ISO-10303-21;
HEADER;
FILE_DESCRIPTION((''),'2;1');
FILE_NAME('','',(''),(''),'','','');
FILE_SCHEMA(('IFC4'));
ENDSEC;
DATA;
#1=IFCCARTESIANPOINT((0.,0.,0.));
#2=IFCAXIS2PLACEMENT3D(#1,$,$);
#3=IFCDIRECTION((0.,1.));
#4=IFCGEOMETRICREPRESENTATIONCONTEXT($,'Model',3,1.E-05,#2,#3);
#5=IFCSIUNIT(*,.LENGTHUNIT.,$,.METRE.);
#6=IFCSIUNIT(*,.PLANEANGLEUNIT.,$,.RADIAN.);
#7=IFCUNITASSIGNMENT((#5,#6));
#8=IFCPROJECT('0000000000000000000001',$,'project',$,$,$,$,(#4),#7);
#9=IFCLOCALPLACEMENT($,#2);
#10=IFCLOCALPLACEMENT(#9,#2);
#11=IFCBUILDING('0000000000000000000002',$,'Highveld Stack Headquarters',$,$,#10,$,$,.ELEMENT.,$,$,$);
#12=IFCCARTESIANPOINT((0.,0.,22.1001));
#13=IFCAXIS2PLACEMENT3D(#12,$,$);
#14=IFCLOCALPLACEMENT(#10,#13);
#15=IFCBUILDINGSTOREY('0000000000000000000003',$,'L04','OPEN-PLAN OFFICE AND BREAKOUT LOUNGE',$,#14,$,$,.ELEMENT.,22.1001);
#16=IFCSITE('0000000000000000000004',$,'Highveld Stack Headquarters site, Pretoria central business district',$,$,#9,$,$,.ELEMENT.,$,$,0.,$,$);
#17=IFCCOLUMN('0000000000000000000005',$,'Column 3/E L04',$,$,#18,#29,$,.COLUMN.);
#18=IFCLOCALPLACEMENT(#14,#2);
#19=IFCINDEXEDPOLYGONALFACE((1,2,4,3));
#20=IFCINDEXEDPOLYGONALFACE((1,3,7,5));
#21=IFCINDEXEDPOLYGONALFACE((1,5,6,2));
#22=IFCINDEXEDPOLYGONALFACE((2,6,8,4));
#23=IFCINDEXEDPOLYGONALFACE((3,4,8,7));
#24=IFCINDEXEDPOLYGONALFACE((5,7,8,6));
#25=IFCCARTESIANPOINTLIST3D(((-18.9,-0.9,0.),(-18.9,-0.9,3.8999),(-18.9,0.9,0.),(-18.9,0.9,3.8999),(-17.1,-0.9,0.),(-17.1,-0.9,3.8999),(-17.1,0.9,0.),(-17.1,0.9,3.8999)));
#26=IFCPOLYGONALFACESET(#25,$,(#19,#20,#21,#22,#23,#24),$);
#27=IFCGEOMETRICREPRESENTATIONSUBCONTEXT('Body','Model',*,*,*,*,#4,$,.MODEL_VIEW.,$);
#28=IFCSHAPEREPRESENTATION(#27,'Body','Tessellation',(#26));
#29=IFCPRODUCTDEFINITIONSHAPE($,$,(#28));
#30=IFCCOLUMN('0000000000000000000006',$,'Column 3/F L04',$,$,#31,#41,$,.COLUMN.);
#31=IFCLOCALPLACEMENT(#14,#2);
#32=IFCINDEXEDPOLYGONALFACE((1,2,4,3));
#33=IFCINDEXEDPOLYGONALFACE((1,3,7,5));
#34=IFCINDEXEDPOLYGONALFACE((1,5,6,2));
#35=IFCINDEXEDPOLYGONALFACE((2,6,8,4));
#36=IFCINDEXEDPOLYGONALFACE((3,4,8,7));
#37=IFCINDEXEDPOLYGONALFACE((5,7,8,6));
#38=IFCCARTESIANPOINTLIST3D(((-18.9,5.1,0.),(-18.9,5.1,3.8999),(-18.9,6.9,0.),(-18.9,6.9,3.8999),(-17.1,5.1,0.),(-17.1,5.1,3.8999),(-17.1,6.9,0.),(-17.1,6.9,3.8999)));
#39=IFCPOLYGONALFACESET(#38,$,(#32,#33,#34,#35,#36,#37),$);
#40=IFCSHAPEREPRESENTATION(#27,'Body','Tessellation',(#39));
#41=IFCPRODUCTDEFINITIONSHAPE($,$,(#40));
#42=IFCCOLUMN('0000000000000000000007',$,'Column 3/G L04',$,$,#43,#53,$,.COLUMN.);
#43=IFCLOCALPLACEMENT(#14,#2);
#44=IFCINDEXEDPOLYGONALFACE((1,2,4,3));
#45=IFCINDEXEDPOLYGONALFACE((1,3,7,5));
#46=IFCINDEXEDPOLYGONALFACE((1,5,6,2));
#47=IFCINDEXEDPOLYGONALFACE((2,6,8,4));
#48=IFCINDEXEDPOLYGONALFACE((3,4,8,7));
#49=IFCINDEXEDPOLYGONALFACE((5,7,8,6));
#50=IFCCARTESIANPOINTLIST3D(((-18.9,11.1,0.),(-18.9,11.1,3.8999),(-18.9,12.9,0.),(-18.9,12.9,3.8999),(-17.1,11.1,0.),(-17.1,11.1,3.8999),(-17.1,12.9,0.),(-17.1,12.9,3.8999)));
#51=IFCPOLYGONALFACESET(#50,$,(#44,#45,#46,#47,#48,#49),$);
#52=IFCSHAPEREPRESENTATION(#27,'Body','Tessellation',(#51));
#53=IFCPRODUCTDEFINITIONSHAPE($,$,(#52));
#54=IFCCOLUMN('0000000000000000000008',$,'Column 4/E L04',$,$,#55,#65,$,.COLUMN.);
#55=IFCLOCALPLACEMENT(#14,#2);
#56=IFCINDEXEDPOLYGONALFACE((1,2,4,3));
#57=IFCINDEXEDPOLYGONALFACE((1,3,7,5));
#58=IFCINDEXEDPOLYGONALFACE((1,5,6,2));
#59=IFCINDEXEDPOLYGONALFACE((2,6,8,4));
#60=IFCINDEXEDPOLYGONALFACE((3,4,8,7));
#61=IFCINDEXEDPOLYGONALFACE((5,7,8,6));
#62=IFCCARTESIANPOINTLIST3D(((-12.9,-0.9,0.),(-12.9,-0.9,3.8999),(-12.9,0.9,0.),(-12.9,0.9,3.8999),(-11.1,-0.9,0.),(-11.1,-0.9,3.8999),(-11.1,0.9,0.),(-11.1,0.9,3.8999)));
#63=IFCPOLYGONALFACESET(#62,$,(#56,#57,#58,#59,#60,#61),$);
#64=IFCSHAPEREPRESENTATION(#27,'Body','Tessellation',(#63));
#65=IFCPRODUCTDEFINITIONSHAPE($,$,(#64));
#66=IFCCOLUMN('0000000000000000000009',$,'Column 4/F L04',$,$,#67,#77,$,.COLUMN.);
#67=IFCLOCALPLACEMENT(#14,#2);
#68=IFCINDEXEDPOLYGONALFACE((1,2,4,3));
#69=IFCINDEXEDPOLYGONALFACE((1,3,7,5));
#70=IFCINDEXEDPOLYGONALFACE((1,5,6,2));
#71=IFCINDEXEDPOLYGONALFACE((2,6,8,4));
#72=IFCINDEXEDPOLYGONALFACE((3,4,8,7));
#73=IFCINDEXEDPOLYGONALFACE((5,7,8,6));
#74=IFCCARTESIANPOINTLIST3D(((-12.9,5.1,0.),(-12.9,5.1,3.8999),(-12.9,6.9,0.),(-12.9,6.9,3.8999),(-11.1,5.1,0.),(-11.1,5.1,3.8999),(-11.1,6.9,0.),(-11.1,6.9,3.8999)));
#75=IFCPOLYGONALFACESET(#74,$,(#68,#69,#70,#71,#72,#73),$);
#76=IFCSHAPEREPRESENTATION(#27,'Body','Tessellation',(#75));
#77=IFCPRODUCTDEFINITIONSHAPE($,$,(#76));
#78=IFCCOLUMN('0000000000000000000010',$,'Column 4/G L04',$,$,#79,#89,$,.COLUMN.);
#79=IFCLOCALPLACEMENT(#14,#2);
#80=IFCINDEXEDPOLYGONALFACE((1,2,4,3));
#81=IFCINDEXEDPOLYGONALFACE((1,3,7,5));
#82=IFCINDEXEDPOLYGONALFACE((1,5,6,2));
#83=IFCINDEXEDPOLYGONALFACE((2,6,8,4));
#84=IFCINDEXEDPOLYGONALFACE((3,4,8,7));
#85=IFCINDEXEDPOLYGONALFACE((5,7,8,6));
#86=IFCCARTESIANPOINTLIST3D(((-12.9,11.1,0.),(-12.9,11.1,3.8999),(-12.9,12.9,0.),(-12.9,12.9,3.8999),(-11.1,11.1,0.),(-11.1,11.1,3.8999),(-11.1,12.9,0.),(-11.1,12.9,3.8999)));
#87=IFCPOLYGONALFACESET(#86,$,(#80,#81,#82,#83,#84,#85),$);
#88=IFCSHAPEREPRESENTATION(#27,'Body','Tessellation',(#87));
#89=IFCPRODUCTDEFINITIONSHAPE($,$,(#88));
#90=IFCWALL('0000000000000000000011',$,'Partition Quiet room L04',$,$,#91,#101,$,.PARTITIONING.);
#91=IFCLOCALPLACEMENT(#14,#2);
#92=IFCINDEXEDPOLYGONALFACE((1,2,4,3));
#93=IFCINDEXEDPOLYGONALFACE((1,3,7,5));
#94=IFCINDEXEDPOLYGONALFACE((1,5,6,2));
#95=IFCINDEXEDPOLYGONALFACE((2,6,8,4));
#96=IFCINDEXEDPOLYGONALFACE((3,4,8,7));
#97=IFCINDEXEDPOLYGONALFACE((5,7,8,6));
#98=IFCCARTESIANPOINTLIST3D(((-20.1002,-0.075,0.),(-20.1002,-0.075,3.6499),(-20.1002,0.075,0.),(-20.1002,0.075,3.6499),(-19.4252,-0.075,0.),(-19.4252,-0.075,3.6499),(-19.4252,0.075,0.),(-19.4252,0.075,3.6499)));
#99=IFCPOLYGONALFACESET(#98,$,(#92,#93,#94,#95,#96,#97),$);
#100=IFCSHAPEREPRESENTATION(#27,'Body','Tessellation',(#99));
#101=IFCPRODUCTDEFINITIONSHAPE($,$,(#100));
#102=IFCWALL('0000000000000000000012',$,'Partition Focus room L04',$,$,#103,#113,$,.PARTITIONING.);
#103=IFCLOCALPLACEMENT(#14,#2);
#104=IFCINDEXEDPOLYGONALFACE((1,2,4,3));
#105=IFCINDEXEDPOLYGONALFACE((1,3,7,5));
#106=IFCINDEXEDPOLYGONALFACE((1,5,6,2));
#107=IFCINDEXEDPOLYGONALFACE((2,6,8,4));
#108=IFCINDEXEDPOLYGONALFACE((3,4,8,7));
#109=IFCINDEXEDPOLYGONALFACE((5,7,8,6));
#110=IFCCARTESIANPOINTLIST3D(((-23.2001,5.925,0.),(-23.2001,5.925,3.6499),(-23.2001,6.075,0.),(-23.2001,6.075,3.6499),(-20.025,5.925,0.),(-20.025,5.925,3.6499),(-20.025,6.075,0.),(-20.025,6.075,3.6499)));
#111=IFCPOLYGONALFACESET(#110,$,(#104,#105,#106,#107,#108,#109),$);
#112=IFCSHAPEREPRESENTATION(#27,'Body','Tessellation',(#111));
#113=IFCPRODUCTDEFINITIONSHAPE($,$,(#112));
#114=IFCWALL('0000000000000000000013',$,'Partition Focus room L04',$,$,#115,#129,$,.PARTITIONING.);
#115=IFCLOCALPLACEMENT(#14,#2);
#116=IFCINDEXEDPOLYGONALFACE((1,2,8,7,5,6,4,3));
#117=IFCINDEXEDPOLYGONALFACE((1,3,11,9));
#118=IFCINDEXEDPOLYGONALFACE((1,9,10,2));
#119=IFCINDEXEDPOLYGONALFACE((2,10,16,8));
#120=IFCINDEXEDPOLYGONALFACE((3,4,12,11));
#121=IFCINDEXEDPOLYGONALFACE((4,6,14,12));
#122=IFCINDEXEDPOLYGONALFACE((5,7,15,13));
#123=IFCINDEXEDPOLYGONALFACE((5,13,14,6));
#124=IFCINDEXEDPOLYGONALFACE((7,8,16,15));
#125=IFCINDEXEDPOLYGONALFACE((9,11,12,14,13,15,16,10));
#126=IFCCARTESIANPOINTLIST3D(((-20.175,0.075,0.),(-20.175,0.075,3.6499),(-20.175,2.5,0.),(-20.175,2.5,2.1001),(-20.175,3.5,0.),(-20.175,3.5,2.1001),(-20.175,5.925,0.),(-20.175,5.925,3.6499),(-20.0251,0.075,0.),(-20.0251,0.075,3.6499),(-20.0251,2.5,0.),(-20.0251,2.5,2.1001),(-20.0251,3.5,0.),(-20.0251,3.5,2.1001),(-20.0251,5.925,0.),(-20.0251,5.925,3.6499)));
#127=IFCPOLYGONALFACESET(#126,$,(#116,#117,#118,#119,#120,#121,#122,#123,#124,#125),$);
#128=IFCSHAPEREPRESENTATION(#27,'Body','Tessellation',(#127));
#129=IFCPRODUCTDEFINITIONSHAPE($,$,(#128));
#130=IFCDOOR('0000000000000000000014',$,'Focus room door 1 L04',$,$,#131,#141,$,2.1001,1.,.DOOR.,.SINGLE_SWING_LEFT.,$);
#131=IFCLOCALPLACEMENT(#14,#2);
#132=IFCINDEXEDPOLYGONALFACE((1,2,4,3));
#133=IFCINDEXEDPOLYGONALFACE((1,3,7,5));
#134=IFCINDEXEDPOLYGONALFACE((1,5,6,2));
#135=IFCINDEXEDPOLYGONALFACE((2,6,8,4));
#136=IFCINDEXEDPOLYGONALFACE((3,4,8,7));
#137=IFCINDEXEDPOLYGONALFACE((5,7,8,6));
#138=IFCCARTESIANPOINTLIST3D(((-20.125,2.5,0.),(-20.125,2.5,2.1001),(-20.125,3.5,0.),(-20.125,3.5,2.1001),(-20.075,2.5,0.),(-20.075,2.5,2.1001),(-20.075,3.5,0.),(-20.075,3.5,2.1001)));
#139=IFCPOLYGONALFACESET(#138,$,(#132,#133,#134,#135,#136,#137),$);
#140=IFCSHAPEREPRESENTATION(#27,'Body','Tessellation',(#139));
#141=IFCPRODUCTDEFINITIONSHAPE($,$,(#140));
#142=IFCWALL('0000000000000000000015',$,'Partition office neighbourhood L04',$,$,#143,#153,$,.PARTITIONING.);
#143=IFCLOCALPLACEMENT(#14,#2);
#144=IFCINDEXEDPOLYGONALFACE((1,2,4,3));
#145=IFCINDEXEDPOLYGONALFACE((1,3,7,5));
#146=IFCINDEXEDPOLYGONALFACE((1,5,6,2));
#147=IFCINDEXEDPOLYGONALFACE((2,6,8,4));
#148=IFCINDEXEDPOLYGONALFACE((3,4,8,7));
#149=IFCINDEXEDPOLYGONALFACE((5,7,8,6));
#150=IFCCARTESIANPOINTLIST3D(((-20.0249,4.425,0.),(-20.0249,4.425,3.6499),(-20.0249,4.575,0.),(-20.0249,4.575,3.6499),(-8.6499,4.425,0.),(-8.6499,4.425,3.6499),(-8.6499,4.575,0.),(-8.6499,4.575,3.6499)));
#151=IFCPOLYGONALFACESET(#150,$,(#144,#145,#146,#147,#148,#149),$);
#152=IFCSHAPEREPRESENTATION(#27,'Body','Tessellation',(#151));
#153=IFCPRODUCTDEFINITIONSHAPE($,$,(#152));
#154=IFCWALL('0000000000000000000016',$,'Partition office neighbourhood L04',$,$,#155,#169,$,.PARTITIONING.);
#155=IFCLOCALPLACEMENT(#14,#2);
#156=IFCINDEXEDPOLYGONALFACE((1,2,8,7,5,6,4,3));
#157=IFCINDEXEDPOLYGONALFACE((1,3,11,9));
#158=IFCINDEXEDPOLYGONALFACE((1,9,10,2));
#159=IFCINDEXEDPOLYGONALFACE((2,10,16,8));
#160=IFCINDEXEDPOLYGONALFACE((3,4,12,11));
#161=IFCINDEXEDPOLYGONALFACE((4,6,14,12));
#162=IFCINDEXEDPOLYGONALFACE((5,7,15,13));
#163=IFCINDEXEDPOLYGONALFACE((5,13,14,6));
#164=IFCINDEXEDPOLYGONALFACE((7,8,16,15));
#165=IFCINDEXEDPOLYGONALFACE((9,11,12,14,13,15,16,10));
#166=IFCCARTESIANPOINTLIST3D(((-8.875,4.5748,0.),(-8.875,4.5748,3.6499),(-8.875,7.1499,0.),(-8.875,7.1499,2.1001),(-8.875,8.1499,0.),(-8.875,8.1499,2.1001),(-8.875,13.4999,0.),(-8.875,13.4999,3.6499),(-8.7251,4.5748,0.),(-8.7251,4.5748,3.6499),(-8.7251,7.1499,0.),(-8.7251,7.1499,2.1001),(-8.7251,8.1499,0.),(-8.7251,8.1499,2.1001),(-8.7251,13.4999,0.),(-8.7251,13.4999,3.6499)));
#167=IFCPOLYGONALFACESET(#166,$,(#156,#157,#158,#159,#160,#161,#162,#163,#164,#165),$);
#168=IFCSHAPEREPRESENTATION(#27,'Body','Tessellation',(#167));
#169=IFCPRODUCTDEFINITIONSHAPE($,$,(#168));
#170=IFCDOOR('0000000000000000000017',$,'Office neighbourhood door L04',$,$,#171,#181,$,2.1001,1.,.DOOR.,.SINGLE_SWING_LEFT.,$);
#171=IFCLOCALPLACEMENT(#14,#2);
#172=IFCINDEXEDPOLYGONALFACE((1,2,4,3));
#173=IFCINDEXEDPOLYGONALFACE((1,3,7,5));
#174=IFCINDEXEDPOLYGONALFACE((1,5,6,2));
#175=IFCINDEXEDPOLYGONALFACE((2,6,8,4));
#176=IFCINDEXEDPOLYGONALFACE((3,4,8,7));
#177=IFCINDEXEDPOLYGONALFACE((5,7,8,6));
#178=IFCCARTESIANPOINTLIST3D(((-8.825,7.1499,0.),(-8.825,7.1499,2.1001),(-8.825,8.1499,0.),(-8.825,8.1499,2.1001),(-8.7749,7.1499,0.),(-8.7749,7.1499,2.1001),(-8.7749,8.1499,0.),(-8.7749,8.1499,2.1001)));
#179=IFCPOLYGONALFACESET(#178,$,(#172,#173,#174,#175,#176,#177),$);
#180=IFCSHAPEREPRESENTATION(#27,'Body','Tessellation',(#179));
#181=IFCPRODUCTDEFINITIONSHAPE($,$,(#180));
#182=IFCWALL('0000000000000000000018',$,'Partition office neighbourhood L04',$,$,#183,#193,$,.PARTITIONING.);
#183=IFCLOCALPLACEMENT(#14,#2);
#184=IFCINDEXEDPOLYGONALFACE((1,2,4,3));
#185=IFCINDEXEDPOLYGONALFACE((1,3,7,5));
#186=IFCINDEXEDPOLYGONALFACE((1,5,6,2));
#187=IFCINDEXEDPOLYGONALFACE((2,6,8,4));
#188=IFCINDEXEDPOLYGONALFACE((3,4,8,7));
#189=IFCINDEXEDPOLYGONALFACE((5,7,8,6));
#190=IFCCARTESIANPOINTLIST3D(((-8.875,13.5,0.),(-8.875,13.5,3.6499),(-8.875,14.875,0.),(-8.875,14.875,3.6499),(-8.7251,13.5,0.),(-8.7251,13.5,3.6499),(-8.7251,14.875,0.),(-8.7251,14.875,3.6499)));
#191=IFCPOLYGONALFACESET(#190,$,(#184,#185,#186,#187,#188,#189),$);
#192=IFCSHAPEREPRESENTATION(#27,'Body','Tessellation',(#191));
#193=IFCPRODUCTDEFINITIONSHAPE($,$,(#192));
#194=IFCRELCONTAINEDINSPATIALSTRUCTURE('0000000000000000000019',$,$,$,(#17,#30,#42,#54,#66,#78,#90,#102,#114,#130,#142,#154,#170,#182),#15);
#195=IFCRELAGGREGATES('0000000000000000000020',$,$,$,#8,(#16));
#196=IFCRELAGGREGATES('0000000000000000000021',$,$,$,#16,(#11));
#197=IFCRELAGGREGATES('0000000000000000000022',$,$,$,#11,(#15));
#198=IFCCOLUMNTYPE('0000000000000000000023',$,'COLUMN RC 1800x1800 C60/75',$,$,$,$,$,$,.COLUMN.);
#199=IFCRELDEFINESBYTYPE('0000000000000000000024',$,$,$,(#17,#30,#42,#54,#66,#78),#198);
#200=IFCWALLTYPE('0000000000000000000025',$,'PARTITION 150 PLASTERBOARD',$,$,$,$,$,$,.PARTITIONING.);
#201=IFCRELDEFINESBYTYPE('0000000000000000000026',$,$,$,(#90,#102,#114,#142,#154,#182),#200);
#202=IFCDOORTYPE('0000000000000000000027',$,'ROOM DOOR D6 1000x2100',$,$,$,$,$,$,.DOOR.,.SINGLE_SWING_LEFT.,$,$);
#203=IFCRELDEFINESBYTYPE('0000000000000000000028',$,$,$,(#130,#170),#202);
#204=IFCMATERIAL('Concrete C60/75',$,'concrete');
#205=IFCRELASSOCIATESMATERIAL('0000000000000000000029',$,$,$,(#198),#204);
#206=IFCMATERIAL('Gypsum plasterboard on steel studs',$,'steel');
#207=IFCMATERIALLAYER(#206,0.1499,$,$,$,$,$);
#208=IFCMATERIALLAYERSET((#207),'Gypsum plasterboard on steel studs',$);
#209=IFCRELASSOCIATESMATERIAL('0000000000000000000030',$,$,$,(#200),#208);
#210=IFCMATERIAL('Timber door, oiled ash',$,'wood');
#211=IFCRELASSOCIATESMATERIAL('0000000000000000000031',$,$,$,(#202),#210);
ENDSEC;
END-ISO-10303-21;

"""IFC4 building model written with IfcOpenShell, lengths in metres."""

from ifc_helpers import new_model, si_unit, direction, frame, frame_2d, origin, origin_2d, place, context, subcontext, project, spatial, rectangle, extrude, material, layer, layer_set, material_profile, profile_set, type_object, element, fill, save


model = new_model("IFC4")

# Units and contexts
model_context = context("Model", 3, precision=1e-05, world=origin(), true_north=direction((0.0, 1.0)))
body_context = subcontext(model_context, "Body", "Model", "MODEL_VIEW")
ifc_project = project(units=[si_unit("LENGTHUNIT", "METRE"), si_unit("PLANEANGLEUNIT", "RADIAN")], contexts=[model_context])

# Site, building, storey
site_placement = place(None, origin())
site = spatial("IfcSite", under=ifc_project, at=site_placement, Name="Highveld Stack Headquarters site, Pretoria central business district", CompositionType="ELEMENT", RefElevation=0.0)
building_placement = place(site_placement, origin())
building = spatial("IfcBuilding", under=site, at=building_placement, Name="Highveld Stack Headquarters", CompositionType="ELEMENT")
storey_placement = place(building_placement, frame((0.0, 0.0, 22.1001)))
storey = spatial("IfcBuildingStorey", under=building, at=storey_placement, Name="L04", Description="OPEN-PLAN OFFICE AND BREAKOUT LOUNGE", CompositionType="ELEMENT", Elevation=22.1001)

# Columns
ifc_material_1 = material(Name="Concrete C60/75", Category="concrete")
ifc_material_profile = material_profile(ifc_material_1, rectangle(XDim=1.8, YDim=1.8, at=origin_2d()), Name="RC 1800x1800")
ifc_profile_set = profile_set([ifc_material_profile], Name="Concrete C60/75")
column_type = type_object("IfcColumnType", Name="COLUMN RC 1800x1800 C60/75", PredefinedType="COLUMN", material=ifc_profile_set)
for number, where, z_axis, x_axis, name in (
    (1, (-18.0, 0.0, 0.0), (0.0, 0.0, 1.0), (1.0, 0.0, 0.0), "Column 3/E L04"),
    (2, (-18.0, 6.0, 0.0), (0.0, 0.0, 1.0), (1.0, 0.0, 0.0), "Column 3/F L04"),
    (3, (-18.0, 12.0, 0.0), (0.0, 0.0, 1.0), (1.0, 0.0, 0.0), "Column 3/G L04"),
    (4, (-12.0, 0.0, 0.0), (0.0, 0.0, 1.0), (1.0, 0.0, 0.0), "Column 4/E L04"),
    (5, (-12.0, 6.0, 0.0), (0.0, 0.0, 1.0), (1.0, 0.0, 0.0), "Column 4/F L04"),
    (6, (-12.0, 12.0, 0.0), (0.0, 0.0, 1.0), (1.0, 0.0, 0.0), "Column 4/G L04"),
):
    element("IfcColumn", number, at=place(storey_placement, frame(where, z_axis=z_axis, x_axis=x_axis)), inside=storey, type_object=column_type, Name=name, PredefinedType="COLUMN", context=body_context, shape_type="SweptSolid", body=[
        extrude(rectangle(XDim=1.8, YDim=1.8, at=origin_2d()), origin(), (0.0, 0.0, 1.0), 3.8999),
    ])

# Walls
ifc_material_2 = material(Name="Gypsum plasterboard on steel studs", Category="steel")
ifc_layer = layer(ifc_material_2, 0.1499)
ifc_layer_set = layer_set([ifc_layer], Name="Gypsum plasterboard on steel studs")
wall_type = type_object("IfcWallType", Name="PARTITION 150 PLASTERBOARD", PredefinedType="PARTITIONING", material=ifc_layer_set)
wall_1_placement = place(storey_placement, frame((-20.1001, 0.0, 0.0), z_axis=(0.0, 0.0, 1.0), x_axis=(1.0, 0.0, 0.0)))
element("IfcWall", 7, at=wall_1_placement, inside=storey, type_object=wall_type, Name="Partition Quiet room L04", PredefinedType="PARTITIONING", context=body_context, shape_type="SweptSolid", body=[
    extrude(rectangle(XDim=0.675, YDim=0.1499, at=frame_2d((0.3374, 0.0))), origin(), (0.0, 0.0, 1.0), 3.6499),
])
wall_2_placement = place(storey_placement, frame((-23.2, 6.0, 0.0), z_axis=(0.0, 0.0, 1.0), x_axis=(1.0, 0.0, 0.0)))
element("IfcWall", 8, at=wall_2_placement, inside=storey, type_object=wall_type, Name="Partition Focus room L04", PredefinedType="PARTITIONING", context=body_context, shape_type="SweptSolid", body=[
    extrude(rectangle(XDim=3.175, YDim=0.1499, at=frame_2d((1.5874, 0.0))), origin(), (0.0, 0.0, 1.0), 3.6499),
])

# Wall, opening, door
wall_3_placement = place(storey_placement, frame((-20.1001, 0.075, 0.0), z_axis=(0.0, 0.0, 1.0), x_axis=(0.0, 1.0, 0.0)))
wall_3 = element("IfcWall", 9, at=wall_3_placement, inside=storey, type_object=wall_type, Name="Partition Focus room L04", PredefinedType="PARTITIONING", context=body_context, shape_type="SweptSolid", body=[
    extrude(rectangle(XDim=5.8501, YDim=0.1499, at=frame_2d((2.925, 0.0))), origin(), (0.0, 0.0, 1.0), 3.6499),
])
opening_1_placement = place(wall_3_placement, frame((2.425, 0.0, 0.0)))
opening_1 = element("IfcOpeningElement", 10, at=opening_1_placement, cuts=wall_3, PredefinedType="OPENING", context=body_context, shape_type="SweptSolid", body=[
    extrude(rectangle(XDim=1.0, YDim=2.1001, at=frame_2d((0.5, 1.05))), frame((0.0, 0.085, 0.0), z_axis=(0.0, -1.0, 0.0), x_axis=(1.0, 0.0, 0.0)), (0.0, 0.0, 1.0), 0.1699),
])
ifc_material_3 = material(Name="Timber door, oiled ash", Category="wood")
door_type = type_object("IfcDoorType", Name="ROOM DOOR D6 1000x2100", OperationType="SINGLE_SWING_LEFT", PredefinedType="DOOR", material=ifc_material_3)
door_1_placement = place(opening_1_placement, origin())
door_1 = element("IfcDoor", 11, at=door_1_placement, inside=storey, type_object=door_type, Name="Focus room door 1 L04", OperationType="SINGLE_SWING_LEFT", OverallHeight=2.1001, OverallWidth=1.0, PredefinedType="DOOR", context=body_context, shape_type="SweptSolid", body=[
    extrude(rectangle(XDim=1.0, YDim=2.1001, at=frame_2d((0.5, 1.05))), frame((0.0, 0.0249, 0.0), z_axis=(0.0, -1.0, 0.0), x_axis=(1.0, 0.0, 0.0)), (0.0, 0.0, 1.0), 0.05),
])
fill(opening_1, door_1)

# Wall
wall_4_placement = place(storey_placement, frame((-20.0249, 4.5, 0.0), z_axis=(0.0, 0.0, 1.0), x_axis=(1.0, 0.0, 0.0)))
element("IfcWall", 12, at=wall_4_placement, inside=storey, type_object=wall_type, Name="Partition office neighbourhood L04", PredefinedType="PARTITIONING", context=body_context, shape_type="SweptSolid", body=[
    extrude(rectangle(XDim=11.375, YDim=0.1499, at=frame_2d((5.6875, 0.0))), origin(), (0.0, 0.0, 1.0), 3.6499),
])

# Wall, opening, door
wall_5_placement = place(storey_placement, frame((-8.8, 4.575, 0.0), z_axis=(0.0, 0.0, 1.0), x_axis=(0.0, 1.0, 0.0)))
wall_5 = element("IfcWall", 13, at=wall_5_placement, inside=storey, type_object=wall_type, Name="Partition office neighbourhood L04", PredefinedType="PARTITIONING", context=body_context, shape_type="SweptSolid", body=[
    extrude(rectangle(XDim=8.925, YDim=0.1499, at=frame_2d((4.4624, 0.0))), origin(), (0.0, 0.0, 1.0), 3.6499),
])
opening_2_placement = place(wall_5_placement, frame((2.575, 0.0, 0.0)))
opening_2 = element("IfcOpeningElement", 14, at=opening_2_placement, cuts=wall_5, PredefinedType="OPENING", context=body_context, shape_type="SweptSolid", body=[
    extrude(rectangle(XDim=1.0, YDim=2.1001, at=frame_2d((0.5, 1.05))), frame((0.0, 0.085, 0.0), z_axis=(0.0, -1.0, 0.0), x_axis=(1.0, 0.0, 0.0)), (0.0, 0.0, 1.0), 0.1699),
])
door_2_placement = place(opening_2_placement, origin())
door_2 = element("IfcDoor", 15, at=door_2_placement, inside=storey, type_object=door_type, Name="Office neighbourhood door L04", OperationType="SINGLE_SWING_LEFT", OverallHeight=2.1001, OverallWidth=1.0, PredefinedType="DOOR", context=body_context, shape_type="SweptSolid", body=[
    extrude(rectangle(XDim=1.0, YDim=2.1001, at=frame_2d((0.5, 1.05))), frame((0.0, 0.0249, 0.0), z_axis=(0.0, -1.0, 0.0), x_axis=(1.0, 0.0, 0.0)), (0.0, 0.0, 1.0), 0.05),
])
fill(opening_2, door_2)

# Wall
wall_6_placement = place(storey_placement, frame((-8.8, 13.5, 0.0), z_axis=(0.0, 0.0, 1.0), x_axis=(0.0, 1.0, 0.0)))
element("IfcWall", 16, at=wall_6_placement, inside=storey, type_object=wall_type, Name="Partition office neighbourhood L04", PredefinedType="PARTITIONING", context=body_context, shape_type="SweptSolid", body=[
    extrude(rectangle(XDim=1.375, YDim=0.1499, at=frame_2d((0.6875, 0.0))), origin(), (0.0, 0.0, 1.0), 3.6499),
])

save(model, "model.ifc")
